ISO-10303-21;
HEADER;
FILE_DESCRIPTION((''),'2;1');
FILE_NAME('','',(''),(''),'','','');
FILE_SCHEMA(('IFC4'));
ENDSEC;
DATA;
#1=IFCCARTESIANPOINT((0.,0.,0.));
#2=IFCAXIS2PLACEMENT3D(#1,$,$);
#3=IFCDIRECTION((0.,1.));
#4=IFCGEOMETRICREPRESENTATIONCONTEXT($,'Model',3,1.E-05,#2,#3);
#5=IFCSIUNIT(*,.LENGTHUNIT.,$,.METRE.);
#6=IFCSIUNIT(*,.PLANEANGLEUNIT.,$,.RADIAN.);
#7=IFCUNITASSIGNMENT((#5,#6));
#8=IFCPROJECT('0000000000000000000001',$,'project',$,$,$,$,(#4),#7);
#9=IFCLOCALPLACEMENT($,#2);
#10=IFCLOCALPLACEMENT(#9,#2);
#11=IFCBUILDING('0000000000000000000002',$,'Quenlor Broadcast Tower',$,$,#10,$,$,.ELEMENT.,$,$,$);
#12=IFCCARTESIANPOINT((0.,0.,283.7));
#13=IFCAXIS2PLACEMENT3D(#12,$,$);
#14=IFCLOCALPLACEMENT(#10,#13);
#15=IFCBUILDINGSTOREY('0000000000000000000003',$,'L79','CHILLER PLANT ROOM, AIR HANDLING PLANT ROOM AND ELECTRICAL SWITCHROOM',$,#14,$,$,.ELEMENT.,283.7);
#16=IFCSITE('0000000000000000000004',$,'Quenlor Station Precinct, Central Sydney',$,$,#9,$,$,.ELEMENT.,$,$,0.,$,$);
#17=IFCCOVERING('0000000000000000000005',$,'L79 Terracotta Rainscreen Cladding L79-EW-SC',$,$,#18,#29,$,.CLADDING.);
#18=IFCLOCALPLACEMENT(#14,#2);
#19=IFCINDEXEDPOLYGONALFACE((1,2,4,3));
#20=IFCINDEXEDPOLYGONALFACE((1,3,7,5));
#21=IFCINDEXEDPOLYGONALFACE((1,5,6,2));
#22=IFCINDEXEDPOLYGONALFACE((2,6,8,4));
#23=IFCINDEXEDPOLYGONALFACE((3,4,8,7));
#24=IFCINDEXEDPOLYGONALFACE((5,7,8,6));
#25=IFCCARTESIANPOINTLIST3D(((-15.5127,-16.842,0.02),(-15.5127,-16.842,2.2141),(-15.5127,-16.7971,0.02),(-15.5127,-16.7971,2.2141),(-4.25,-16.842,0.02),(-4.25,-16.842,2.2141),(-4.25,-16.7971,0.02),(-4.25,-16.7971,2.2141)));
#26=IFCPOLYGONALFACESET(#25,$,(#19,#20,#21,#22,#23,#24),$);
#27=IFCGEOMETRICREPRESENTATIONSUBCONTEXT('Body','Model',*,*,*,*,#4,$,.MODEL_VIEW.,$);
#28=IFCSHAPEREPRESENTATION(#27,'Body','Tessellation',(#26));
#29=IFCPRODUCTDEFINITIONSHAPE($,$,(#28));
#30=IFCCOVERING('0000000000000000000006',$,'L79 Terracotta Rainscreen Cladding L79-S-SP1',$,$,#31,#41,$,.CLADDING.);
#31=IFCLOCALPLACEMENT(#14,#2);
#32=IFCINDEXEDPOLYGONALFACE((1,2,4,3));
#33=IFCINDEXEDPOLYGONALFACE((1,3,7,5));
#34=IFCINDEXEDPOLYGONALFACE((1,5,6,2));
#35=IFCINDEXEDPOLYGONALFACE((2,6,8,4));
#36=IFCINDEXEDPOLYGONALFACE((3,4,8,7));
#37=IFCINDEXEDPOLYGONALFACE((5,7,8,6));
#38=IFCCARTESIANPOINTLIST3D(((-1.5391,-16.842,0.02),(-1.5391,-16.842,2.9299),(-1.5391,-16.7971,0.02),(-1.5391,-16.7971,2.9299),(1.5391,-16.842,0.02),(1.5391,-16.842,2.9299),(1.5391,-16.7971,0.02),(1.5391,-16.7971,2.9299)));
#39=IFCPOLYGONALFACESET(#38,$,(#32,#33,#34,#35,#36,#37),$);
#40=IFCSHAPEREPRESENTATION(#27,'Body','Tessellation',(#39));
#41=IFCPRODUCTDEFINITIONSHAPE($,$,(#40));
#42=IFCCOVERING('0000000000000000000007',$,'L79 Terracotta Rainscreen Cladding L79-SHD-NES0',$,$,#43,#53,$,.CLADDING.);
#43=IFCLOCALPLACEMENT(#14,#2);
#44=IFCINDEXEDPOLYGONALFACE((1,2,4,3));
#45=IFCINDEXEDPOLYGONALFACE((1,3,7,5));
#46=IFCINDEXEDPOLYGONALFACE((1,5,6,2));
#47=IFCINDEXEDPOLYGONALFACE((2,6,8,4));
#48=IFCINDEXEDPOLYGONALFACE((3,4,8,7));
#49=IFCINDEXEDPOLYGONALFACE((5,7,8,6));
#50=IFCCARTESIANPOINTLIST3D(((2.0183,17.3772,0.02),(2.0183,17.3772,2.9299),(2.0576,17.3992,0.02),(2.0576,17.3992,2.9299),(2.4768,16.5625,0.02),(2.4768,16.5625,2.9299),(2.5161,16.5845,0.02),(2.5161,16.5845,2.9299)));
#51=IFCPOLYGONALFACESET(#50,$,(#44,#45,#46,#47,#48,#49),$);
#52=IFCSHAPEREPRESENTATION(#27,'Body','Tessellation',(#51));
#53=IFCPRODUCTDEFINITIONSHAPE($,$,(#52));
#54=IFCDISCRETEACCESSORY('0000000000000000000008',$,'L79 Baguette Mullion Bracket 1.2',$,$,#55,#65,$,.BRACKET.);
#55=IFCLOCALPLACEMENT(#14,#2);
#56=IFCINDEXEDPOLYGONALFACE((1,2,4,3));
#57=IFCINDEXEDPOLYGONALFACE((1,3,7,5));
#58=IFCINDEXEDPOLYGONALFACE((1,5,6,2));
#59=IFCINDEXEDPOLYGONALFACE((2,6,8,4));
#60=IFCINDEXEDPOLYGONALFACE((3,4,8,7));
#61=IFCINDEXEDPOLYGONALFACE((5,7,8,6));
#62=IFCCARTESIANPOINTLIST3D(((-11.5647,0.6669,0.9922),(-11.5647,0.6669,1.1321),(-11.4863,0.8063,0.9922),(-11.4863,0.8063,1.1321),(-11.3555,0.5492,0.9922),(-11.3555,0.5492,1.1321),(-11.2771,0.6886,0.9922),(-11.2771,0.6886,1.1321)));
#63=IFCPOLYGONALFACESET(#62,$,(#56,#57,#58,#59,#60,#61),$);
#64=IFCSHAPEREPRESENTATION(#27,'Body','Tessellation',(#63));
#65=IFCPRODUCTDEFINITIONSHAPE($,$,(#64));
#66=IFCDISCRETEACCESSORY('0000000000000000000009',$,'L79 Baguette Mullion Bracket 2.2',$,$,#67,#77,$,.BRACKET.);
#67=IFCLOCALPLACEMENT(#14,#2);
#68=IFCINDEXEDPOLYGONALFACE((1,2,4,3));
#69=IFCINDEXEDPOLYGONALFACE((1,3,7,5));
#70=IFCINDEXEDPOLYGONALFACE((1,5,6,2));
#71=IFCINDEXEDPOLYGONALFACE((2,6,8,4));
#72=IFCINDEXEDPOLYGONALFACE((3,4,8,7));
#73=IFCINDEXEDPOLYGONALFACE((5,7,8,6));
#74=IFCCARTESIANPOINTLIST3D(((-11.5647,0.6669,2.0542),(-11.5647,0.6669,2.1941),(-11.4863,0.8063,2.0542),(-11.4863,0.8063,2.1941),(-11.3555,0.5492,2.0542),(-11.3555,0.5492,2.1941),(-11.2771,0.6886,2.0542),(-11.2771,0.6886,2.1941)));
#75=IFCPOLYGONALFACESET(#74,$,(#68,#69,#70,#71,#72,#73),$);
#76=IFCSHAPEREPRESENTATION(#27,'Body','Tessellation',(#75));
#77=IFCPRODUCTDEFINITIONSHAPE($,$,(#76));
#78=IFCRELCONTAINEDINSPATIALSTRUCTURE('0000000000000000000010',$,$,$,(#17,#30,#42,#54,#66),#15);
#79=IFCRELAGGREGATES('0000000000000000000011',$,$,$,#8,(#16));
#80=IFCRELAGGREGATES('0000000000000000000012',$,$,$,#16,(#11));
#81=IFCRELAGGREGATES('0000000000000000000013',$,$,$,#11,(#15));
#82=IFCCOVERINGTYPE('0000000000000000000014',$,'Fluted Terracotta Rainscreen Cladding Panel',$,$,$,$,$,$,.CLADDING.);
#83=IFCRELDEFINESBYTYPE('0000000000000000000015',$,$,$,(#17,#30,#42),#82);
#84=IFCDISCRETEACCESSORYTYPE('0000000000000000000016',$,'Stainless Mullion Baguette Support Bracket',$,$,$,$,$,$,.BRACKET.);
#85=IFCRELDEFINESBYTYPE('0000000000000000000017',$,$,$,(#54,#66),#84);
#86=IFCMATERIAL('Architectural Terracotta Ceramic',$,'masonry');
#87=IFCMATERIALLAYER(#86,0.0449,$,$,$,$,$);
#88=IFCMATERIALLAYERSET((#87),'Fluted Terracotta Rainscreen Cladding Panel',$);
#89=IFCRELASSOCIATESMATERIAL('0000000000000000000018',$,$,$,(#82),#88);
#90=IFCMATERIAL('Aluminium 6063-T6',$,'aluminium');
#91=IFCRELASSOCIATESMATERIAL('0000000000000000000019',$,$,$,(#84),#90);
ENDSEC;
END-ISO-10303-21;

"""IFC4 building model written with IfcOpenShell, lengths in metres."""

from ifc_helpers import new_model, si_unit, direction, frame, origin, origin_2d, place, context, subcontext, project, spatial, polyline, rectangle, outline, extrude, material, layer, layer_set, type_object, element, save


model = new_model("IFC4")

# Units and contexts
model_context = context("Model", 3, precision=1e-05, world=origin(), true_north=direction((0.0, 1.0)))
body_context = subcontext(model_context, "Body", "Model", "MODEL_VIEW")
ifc_project = project(units=[si_unit("LENGTHUNIT", "METRE"), si_unit("PLANEANGLEUNIT", "RADIAN")], contexts=[model_context])

# Site, building, storey
site_placement = place(None, origin())
site = spatial("IfcSite", under=ifc_project, at=site_placement, Name="Quenlor Station Precinct, Central Sydney", CompositionType="ELEMENT", RefElevation=0.0)
building_placement = place(site_placement, origin())
building = spatial("IfcBuilding", under=site, at=building_placement, Name="Quenlor Broadcast Tower", CompositionType="ELEMENT")
storey_placement = place(building_placement, frame((0.0, 0.0, 283.7)))
storey = spatial("IfcBuildingStorey", under=building, at=storey_placement, Name="L79", Description="CHILLER PLANT ROOM, AIR HANDLING PLANT ROOM AND ELECTRICAL SWITCHROOM", CompositionType="ELEMENT", Elevation=283.7)

# Coverings
ifc_material_1 = material(Name="Architectural Terracotta Ceramic", Category="masonry")
ifc_layer_1 = layer(ifc_material_1, 0.0449)
ifc_layer_set_1 = layer_set([ifc_layer_1], Name="Fluted Terracotta Rainscreen Cladding Panel")
covering_type = type_object("IfcCoveringType", Name="Fluted Terracotta Rainscreen Cladding Panel", PredefinedType="CLADDING", material=ifc_layer_set_1)
covering_1_placement = place(storey_placement, frame((0.0, 0.0, 0.02)))
element("IfcCovering", 1, at=covering_1_placement, inside=storey, type_object=covering_type, Name="L79 Terracotta Rainscreen Cladding L79-EW-SC", PredefinedType="CLADDING", context=body_context, shape_type="SweptSolid", body=[
    extrude(outline(polyline([(-4.25, -16.7971), (-15.5127, -16.7971), (-15.5127, -16.842), (-4.25, -16.842), (-4.25, -16.7971)])), origin(), (0.0, 0.0, 1.0), 2.1941),
])
covering_2_placement = place(storey_placement, frame((0.0, 0.0, 0.02)))
element("IfcCovering", 2, at=covering_2_placement, inside=storey, type_object=covering_type, Name="L79 Terracotta Rainscreen Cladding L79-S-SP1", PredefinedType="CLADDING", context=body_context, shape_type="SweptSolid", body=[
    extrude(outline(polyline([(1.5391, -16.7971), (-1.5391, -16.7971), (-1.5391, -16.842), (1.5391, -16.842), (1.5391, -16.7971)])), origin(), (0.0, 0.0, 1.0), 2.9099),
])
covering_3_placement = place(storey_placement, frame((0.0, 0.0, 0.02)))
element("IfcCovering", 3, at=covering_3_placement, inside=storey, type_object=covering_type, Name="L79 Terracotta Rainscreen Cladding L79-SHD-NES0", PredefinedType="CLADDING", context=body_context, shape_type="SweptSolid", body=[
    extrude(outline(polyline([(2.0183, 17.3772), (2.4768, 16.5625), (2.5161, 16.5845), (2.0576, 17.3992), (2.0183, 17.3772)])), origin(), (0.0, 0.0, 1.0), 2.9099),
])

# Discrete accessories
ifc_material_2 = material(Name="Aluminium 6063-T6", Category="aluminium")
discrete_accessory_type = type_object("IfcDiscreteAccessoryType", Name="Stainless Mullion Baguette Support Bracket", PredefinedType="BRACKET", material=ifc_material_2)
for number, where, z_axis, x_axis, name in (
    (4, (-11.4209, 0.6777, 0.9922), (0.0, 0.0, 1.0), (0.490268, 0.871572, 0.0), "L79 Baguette Mullion Bracket 1.2"),
    (5, (-11.4209, 0.6777, 2.0542), (0.0, 0.0, 1.0), (0.490268, 0.871572, 0.0), "L79 Baguette Mullion Bracket 2.2"),
):
    element("IfcDiscreteAccessory", number, at=place(storey_placement, frame(where, z_axis=z_axis, x_axis=x_axis)), inside=storey, type_object=discrete_accessory_type, Name=name, PredefinedType="BRACKET", context=body_context, shape_type="SweptSolid", body=[
        extrude(rectangle(XDim=0.1599, YDim=0.24, at=origin_2d()), origin(), (0.0, 0.0, 1.0), 0.1399),
    ])

save(model, "model.ifc")
